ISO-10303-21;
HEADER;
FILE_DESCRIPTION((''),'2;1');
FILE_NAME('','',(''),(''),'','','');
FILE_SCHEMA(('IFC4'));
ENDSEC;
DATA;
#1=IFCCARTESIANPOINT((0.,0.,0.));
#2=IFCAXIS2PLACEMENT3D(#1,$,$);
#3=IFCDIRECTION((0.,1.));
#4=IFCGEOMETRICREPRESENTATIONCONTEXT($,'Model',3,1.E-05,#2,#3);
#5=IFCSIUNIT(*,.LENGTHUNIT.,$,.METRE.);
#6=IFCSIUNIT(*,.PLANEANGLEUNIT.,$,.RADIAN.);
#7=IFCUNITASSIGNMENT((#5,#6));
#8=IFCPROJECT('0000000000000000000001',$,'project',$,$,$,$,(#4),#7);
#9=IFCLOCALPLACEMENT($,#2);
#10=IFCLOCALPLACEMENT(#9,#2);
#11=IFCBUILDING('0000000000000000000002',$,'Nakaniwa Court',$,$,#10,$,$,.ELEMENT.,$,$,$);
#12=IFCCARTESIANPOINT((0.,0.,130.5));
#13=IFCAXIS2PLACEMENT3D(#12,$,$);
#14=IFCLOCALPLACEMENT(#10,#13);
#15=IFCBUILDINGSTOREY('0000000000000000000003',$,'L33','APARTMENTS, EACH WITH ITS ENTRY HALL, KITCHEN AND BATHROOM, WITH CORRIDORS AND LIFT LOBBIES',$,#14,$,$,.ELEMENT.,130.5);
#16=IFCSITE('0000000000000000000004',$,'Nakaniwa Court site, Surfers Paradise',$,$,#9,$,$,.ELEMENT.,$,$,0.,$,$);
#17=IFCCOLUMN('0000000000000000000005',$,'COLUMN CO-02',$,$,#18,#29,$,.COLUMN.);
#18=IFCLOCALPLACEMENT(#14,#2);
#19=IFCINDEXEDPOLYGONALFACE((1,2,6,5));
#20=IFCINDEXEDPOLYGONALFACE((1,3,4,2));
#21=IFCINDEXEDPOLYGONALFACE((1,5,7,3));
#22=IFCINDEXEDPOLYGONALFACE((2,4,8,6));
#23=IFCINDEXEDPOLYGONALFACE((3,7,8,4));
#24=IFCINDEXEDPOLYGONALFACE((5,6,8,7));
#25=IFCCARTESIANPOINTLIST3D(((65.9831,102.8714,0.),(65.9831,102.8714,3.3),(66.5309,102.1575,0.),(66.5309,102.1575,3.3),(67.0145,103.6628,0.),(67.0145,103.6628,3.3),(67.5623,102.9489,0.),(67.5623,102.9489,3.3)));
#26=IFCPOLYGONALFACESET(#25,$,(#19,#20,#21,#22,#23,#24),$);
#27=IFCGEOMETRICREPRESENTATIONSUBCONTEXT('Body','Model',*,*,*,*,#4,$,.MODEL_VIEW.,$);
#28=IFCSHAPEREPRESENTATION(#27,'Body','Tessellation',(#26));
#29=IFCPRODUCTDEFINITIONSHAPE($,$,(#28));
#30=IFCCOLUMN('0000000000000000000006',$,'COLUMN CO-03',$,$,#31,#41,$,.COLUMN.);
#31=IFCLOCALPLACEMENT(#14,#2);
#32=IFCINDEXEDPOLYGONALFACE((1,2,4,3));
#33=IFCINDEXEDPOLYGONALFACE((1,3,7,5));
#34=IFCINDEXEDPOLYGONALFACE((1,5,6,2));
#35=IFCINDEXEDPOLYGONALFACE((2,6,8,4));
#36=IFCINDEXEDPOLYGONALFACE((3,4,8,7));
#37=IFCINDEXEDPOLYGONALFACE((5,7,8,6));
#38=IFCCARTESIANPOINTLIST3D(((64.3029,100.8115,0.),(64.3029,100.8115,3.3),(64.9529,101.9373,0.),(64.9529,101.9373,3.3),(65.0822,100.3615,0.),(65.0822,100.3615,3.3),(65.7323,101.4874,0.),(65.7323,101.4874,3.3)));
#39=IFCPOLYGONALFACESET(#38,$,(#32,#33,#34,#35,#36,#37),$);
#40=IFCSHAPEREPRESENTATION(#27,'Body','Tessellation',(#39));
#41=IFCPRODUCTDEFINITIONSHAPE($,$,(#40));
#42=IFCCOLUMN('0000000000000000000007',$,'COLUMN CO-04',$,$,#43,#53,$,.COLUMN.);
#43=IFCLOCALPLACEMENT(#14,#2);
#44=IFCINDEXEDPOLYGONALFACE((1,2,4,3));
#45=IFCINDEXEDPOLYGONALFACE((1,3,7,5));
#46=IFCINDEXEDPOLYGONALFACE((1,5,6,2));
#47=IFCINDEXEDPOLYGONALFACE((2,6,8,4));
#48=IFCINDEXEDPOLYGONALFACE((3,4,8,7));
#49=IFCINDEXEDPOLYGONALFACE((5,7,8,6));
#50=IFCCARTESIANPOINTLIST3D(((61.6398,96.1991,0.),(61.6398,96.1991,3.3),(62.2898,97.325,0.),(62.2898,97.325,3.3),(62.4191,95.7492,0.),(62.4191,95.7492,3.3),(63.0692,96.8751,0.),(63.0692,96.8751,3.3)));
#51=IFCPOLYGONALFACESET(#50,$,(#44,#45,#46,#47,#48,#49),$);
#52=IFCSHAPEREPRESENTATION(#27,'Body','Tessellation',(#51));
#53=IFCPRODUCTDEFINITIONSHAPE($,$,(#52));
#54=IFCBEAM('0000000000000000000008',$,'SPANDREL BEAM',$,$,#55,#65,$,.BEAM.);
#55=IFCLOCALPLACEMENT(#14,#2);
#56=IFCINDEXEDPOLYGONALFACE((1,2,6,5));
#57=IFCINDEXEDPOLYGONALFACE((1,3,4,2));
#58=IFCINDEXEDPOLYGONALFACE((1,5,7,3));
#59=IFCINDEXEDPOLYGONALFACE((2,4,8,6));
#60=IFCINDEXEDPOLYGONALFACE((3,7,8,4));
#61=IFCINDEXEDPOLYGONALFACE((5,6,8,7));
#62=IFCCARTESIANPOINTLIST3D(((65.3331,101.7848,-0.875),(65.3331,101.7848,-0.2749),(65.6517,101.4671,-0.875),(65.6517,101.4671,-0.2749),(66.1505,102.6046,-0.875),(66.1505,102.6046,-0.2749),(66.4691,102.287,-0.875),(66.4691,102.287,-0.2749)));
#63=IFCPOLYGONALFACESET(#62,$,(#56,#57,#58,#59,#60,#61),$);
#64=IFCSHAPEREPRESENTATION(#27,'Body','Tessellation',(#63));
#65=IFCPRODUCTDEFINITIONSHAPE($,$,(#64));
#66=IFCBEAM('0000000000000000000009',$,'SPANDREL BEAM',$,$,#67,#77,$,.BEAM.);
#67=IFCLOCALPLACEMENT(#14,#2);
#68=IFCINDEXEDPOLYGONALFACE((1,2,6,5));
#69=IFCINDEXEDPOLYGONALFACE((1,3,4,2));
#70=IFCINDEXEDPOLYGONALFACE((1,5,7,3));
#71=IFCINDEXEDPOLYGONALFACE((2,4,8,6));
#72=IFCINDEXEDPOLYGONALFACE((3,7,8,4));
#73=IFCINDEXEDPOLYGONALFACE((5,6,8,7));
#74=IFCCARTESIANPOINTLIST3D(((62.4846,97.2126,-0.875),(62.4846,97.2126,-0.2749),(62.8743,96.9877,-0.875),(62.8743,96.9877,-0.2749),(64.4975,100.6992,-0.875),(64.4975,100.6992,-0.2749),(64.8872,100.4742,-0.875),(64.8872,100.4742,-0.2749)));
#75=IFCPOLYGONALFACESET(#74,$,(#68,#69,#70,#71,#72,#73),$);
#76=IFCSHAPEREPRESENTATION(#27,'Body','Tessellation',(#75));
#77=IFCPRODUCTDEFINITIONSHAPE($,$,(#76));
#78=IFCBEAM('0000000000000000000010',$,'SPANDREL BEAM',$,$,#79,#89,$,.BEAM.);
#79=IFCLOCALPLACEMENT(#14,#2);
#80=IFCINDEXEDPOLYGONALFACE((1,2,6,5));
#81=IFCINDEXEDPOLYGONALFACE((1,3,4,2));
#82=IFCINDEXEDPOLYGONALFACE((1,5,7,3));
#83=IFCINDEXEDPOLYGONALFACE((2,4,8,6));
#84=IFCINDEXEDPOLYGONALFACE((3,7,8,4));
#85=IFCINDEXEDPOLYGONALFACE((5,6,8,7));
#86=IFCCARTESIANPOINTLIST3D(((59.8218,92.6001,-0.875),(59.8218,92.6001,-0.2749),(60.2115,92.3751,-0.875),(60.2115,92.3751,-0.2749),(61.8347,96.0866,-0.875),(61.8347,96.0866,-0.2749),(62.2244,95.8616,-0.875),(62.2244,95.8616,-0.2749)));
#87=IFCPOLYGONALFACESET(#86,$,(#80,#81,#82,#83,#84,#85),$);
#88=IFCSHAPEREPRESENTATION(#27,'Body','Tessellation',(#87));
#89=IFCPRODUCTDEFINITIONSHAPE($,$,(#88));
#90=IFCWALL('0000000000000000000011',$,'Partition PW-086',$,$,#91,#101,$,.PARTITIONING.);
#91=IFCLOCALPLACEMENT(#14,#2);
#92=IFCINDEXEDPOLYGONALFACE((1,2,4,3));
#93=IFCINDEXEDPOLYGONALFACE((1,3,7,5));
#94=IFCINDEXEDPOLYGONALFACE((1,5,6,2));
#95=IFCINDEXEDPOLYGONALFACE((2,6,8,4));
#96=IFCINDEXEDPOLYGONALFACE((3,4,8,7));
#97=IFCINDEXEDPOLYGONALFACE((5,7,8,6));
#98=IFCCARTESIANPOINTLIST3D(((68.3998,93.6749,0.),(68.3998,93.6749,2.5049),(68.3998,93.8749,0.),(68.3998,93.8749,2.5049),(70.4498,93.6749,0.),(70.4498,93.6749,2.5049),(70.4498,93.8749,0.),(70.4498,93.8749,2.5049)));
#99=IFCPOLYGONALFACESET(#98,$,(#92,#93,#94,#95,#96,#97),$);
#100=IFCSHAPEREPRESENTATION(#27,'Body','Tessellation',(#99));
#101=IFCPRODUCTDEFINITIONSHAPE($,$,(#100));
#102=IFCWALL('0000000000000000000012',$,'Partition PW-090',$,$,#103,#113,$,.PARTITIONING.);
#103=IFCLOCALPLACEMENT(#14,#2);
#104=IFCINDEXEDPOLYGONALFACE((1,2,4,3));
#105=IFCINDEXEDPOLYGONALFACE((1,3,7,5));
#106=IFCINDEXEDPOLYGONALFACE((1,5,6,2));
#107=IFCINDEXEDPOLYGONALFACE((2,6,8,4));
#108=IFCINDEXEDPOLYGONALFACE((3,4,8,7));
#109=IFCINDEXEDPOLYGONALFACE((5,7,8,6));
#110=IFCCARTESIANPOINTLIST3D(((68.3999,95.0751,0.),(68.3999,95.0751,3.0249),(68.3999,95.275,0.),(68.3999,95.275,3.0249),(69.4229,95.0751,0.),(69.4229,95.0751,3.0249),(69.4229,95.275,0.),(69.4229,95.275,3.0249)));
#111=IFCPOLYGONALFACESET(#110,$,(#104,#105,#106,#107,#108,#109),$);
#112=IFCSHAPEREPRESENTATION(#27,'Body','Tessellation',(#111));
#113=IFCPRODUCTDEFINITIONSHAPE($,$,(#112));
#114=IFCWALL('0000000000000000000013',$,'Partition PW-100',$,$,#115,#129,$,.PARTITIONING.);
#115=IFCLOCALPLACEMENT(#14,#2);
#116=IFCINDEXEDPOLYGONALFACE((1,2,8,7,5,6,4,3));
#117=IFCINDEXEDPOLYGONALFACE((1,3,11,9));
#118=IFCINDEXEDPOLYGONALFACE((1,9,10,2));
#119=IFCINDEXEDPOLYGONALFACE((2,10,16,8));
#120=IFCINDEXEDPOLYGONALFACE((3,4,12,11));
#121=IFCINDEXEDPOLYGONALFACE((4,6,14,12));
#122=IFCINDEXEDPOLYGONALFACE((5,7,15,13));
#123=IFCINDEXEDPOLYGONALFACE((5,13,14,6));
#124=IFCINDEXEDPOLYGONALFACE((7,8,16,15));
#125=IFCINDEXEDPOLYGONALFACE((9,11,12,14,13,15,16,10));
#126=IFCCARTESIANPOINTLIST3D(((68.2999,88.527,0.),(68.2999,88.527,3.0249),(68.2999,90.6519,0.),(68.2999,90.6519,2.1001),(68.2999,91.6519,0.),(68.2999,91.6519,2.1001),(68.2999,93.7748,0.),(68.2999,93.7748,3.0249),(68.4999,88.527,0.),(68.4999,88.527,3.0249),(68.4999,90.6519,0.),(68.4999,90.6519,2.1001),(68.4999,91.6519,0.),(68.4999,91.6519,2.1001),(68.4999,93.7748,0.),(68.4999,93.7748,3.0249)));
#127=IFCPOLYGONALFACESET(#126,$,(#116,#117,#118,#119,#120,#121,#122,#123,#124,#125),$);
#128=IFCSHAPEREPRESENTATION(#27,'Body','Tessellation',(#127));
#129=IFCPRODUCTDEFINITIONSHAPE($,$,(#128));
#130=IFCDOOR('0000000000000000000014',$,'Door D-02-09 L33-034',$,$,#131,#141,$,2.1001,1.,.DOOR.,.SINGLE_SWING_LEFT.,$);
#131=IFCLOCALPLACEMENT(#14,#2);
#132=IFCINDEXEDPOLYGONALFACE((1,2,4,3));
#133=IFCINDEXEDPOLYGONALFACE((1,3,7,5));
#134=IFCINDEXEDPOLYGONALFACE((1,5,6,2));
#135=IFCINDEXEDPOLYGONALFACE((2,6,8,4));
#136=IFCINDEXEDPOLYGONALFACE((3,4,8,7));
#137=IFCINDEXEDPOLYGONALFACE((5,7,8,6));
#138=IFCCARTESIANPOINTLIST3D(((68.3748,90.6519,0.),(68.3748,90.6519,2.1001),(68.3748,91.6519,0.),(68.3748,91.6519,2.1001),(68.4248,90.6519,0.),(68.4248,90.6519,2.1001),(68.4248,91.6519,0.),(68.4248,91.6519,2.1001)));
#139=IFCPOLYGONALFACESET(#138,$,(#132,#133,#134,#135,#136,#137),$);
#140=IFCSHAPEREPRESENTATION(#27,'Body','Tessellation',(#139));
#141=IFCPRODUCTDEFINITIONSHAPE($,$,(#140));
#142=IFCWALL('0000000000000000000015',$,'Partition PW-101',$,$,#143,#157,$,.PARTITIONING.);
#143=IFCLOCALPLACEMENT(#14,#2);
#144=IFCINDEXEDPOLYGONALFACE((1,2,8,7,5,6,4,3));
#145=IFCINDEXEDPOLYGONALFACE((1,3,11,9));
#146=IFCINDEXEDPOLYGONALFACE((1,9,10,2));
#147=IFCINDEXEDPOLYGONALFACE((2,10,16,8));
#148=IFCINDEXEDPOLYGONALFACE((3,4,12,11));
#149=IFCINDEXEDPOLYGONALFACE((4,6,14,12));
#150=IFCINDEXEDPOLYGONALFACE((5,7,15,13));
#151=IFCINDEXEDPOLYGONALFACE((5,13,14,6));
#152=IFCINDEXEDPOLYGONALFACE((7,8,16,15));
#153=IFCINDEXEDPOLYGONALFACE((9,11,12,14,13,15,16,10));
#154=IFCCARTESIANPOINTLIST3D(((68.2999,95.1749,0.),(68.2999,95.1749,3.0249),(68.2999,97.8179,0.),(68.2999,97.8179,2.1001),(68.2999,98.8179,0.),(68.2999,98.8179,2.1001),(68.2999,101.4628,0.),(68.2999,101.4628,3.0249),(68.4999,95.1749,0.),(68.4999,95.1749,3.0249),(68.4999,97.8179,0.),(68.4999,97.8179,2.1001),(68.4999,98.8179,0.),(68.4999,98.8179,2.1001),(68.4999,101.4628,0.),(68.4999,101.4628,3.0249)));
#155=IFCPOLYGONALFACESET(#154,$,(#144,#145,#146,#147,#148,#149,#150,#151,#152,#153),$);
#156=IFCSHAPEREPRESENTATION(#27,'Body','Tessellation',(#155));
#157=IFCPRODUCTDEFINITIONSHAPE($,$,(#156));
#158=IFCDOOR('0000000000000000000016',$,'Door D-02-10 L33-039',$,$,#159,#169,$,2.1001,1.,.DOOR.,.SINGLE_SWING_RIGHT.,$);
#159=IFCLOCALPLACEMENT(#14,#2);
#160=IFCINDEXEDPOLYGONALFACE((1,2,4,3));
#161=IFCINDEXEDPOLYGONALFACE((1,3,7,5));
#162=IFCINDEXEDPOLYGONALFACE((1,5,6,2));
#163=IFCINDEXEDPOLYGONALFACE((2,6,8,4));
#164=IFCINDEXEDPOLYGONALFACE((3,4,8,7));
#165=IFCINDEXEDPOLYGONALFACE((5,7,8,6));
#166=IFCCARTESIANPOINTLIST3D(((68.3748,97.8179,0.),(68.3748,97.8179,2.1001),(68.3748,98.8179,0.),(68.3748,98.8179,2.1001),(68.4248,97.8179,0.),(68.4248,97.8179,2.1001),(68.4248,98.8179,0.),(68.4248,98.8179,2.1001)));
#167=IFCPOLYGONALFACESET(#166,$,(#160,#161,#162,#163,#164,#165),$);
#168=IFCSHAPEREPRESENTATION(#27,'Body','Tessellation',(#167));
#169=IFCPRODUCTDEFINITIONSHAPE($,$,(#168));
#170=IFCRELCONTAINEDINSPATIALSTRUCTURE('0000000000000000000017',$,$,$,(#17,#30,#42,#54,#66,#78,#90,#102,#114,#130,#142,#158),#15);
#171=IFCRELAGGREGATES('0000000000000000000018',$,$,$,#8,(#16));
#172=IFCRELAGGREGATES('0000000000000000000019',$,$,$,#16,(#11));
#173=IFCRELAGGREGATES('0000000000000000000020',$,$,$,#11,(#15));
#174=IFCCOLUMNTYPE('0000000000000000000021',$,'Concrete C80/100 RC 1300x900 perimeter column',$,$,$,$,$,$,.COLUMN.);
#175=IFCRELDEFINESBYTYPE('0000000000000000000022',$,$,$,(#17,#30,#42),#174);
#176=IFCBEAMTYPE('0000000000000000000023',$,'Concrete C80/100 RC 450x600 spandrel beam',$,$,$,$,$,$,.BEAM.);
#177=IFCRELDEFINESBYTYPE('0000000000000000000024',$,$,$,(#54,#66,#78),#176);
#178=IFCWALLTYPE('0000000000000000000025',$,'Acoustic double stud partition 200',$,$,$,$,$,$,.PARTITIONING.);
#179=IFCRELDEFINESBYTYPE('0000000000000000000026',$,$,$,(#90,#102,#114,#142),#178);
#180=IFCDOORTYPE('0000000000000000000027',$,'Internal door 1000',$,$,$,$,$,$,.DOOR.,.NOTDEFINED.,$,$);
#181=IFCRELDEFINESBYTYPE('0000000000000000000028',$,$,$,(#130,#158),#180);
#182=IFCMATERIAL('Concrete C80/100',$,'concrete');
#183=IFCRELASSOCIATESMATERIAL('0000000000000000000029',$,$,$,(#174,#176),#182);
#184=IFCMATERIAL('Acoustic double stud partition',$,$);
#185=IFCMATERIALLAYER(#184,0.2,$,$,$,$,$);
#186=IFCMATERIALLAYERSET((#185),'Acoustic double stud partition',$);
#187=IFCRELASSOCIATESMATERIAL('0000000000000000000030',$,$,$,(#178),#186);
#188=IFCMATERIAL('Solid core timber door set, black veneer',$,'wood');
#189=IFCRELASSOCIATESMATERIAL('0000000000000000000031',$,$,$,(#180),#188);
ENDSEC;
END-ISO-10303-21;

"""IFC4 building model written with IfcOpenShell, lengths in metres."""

from ifc_helpers import new_model, si_unit, direction, frame, frame_2d, origin, origin_2d, place, context, subcontext, project, spatial, rectangle, extrude, material, layer, layer_set, material_profile, profile_set, type_object, element, fill, save


model = new_model("IFC4")

# Units and contexts
model_context = context("Model", 3, precision=1e-05, world=origin(), true_north=direction((0.0, 1.0)))
body_context = subcontext(model_context, "Body", "Model", "MODEL_VIEW")
ifc_project = project(units=[si_unit("LENGTHUNIT", "METRE"), si_unit("PLANEANGLEUNIT", "RADIAN")], contexts=[model_context])

# Site, building, storey
site_placement = place(None, origin())
site = spatial("IfcSite", under=ifc_project, at=site_placement, Name="Nakaniwa Court site, Surfers Paradise", CompositionType="ELEMENT", RefElevation=0.0)
building_placement = place(site_placement, origin())
building = spatial("IfcBuilding", under=site, at=building_placement, Name="Nakaniwa Court", CompositionType="ELEMENT")
storey_placement = place(building_placement, frame((0.0, 0.0, 130.5)))
storey = spatial("IfcBuildingStorey", under=building, at=storey_placement, Name="L33", Description="APARTMENTS, EACH WITH ITS ENTRY HALL, KITCHEN AND BATHROOM, WITH CORRIDORS AND LIFT LOBBIES", CompositionType="ELEMENT", Elevation=130.5)

# Columns
ifc_material_1 = material(Name="Concrete C80/100", Category="concrete")
ifc_material_profile_1 = material_profile(ifc_material_1, rectangle(XDim=1.3, YDim=0.8999, at=origin_2d()), Name="Concrete C80/100 RC 1300x900 perimeter column")
ifc_profile_set_1 = profile_set([ifc_material_profile_1], Name="Concrete C80/100")
column_type = type_object("IfcColumnType", Name="Concrete C80/100 RC 1300x900 perimeter column", PredefinedType="COLUMN", material=ifc_profile_set_1)
for number, where, z_axis, x_axis, name in (
    (1, (66.7727, 102.9102, 0.0), (0.0, 0.0, 1.0), (-0.793364, -0.608748, 0.0), "COLUMN CO-02"),
    (2, (65.0176, 101.1494, 0.0), (0.0, 0.0, 1.0), (-0.5, -0.866025, 0.0), "COLUMN CO-03"),
    (3, (62.3545, 96.5371, 0.0), (0.0, 0.0, 1.0), (-0.5, -0.866025, 0.0), "COLUMN CO-04"),
):
    element("IfcColumn", number, at=place(storey_placement, frame(where, z_axis=z_axis, x_axis=x_axis)), inside=storey, type_object=column_type, Name=name, PredefinedType="COLUMN", context=body_context, shape_type="SweptSolid", body=[
        extrude(rectangle(XDim=1.3, YDim=0.8999, at=origin_2d()), origin(), (0.0, 0.0, 1.0), 3.3),
    ])

# Beams
ifc_material_profile_2 = material_profile(ifc_material_1, rectangle(XDim=0.45, YDim=0.6001, at=origin_2d()), Name="Concrete C80/100 RC 450x600 spandrel beam")
ifc_profile_set_2 = profile_set([ifc_material_profile_2], Name="Concrete C80/100")
beam_type = type_object("IfcBeamType", Name="Concrete C80/100 RC 450x600 spandrel beam", PredefinedType="BEAM", material=ifc_profile_set_2)
beam_placement = place(storey_placement, frame((66.3098, 102.4458, -0.575), z_axis=(-0.706052, -0.70816, 0.0), x_axis=(0.70816, -0.706052, 0.0)))
element("IfcBeam", 4, at=beam_placement, inside=storey, type_object=beam_type, Name="SPANDREL BEAM", PredefinedType="BEAM", context=body_context, shape_type="SweptSolid", body=[
    extrude(rectangle(XDim=0.45, YDim=0.6001, at=origin_2d()), origin(), (0.0, 0.0, 1.0), 1.1577),
])
for number, where, z_axis, x_axis, name in (
    (5, (64.6924, 100.5867, -0.575), (-0.499994, -0.866029, 0.0), (0.866029, -0.499994, 0.0), "SPANDREL BEAM"),
    (6, (62.0295, 95.9741, -0.575), (-0.499994, -0.866029, 0.0), (0.866029, -0.499994, 0.0), "SPANDREL BEAM"),
):
    element("IfcBeam", number, at=place(storey_placement, frame(where, z_axis=z_axis, x_axis=x_axis)), inside=storey, type_object=beam_type, Name=name, PredefinedType="BEAM", context=body_context, shape_type="SweptSolid", body=[
        extrude(rectangle(XDim=0.45, YDim=0.6001, at=origin_2d()), origin(), (0.0, 0.0, 1.0), 4.0259),
    ])

# Walls
ifc_material_2 = material(Name="Acoustic double stud partition")
ifc_layer_1 = layer(ifc_material_2, 0.2)
ifc_layer_set_1 = layer_set([ifc_layer_1], Name="Acoustic double stud partition")
wall_type_1 = type_object("IfcWallType", Name="Acoustic double stud partition 200", PredefinedType="PARTITIONING", material=ifc_layer_set_1)
wall_1_placement = place(storey_placement, frame((68.3999, 93.7749, 0.0), z_axis=(0.0, 0.0, 1.0), x_axis=(1.0, 0.0, 0.0)))
element("IfcWall", 7, at=wall_1_placement, inside=storey, type_object=wall_type_1, Name="Partition PW-086", PredefinedType="PARTITIONING", context=body_context, shape_type="SweptSolid", body=[
    extrude(rectangle(XDim=2.05, YDim=0.2, at=frame_2d((1.0249, 0.0))), origin(), (0.0, 0.0, 1.0), 2.5049),
])
wall_2_placement = place(storey_placement, frame((68.3999, 95.175, 0.0), z_axis=(0.0, 0.0, 1.0), x_axis=(1.0, 0.0, 0.0)))
element("IfcWall", 8, at=wall_2_placement, inside=storey, type_object=wall_type_1, Name="Partition PW-090", PredefinedType="PARTITIONING", context=body_context, shape_type="SweptSolid", body=[
    extrude(rectangle(XDim=1.0229, YDim=0.2, at=frame_2d((0.5115, 0.0))), origin(), (0.0, 0.0, 1.0), 3.0249),
])

# Walls, openings, doors
wall_3_placement = place(storey_placement, frame((68.3999, 93.7749, 0.0), z_axis=(0.0, 0.0, 1.0), x_axis=(0.0, -1.0, 0.0)))
wall_3 = element("IfcWall", 9, at=wall_3_placement, inside=storey, type_object=wall_type_1, Name="Partition PW-100", PredefinedType="PARTITIONING", context=body_context, shape_type="SweptSolid", body=[
    extrude(rectangle(XDim=5.2478, YDim=0.2, at=frame_2d((2.624, 0.0))), origin(), (0.0, 0.0, 1.0), 3.0249),
])
opening_1_placement = place(wall_3_placement, frame((2.123, 0.0, 0.0)))
opening_1 = element("IfcOpeningElement", 10, at=opening_1_placement, cuts=wall_3, PredefinedType="OPENING", context=body_context, shape_type="SweptSolid", body=[
    extrude(rectangle(XDim=1.0, YDim=2.1001, at=frame_2d((0.5, 1.05))), frame((0.0, 0.1099, 0.0), z_axis=(0.0, -1.0, 0.0), x_axis=(1.0, 0.0, 0.0)), (0.0, 0.0, 1.0), 0.22),
])
ifc_material_3 = material(Name="Solid core timber door set, black veneer", Category="wood")
door_type_1 = type_object("IfcDoorType", Name="Internal door 1000", OperationType="NOTDEFINED", PredefinedType="DOOR", material=ifc_material_3)
door_1_placement = place(opening_1_placement, origin())
door_1 = element("IfcDoor", 11, at=door_1_placement, inside=storey, type_object=door_type_1, Name="Door D-02-09 L33-034", OperationType="SINGLE_SWING_LEFT", OverallHeight=2.1001, OverallWidth=1.0, PredefinedType="DOOR", context=body_context, shape_type="SweptSolid", body=[
    extrude(rectangle(XDim=1.0, YDim=2.1001, at=frame_2d((0.5, 1.05))), frame((0.0, 0.0249, 0.0), z_axis=(0.0, -1.0, 0.0), x_axis=(1.0, 0.0, 0.0)), (0.0, 0.0, 1.0), 0.05),
])
fill(opening_1, door_1)
wall_4_placement = place(storey_placement, frame((68.3999, 101.4629, 0.0), z_axis=(0.0, 0.0, 1.0), x_axis=(0.0, -1.0, 0.0)))
wall_4 = element("IfcWall", 12, at=wall_4_placement, inside=storey, type_object=wall_type_1, Name="Partition PW-101", PredefinedType="PARTITIONING", context=body_context, shape_type="SweptSolid", body=[
    extrude(rectangle(XDim=6.2878, YDim=0.2, at=frame_2d((3.144, 0.0))), origin(), (0.0, 0.0, 1.0), 3.0249),
])
opening_2_placement = place(wall_4_placement, frame((2.645, 0.0, 0.0)))
opening_2 = element("IfcOpeningElement", 13, at=opening_2_placement, cuts=wall_4, PredefinedType="OPENING", context=body_context, shape_type="SweptSolid", body=[
    extrude(rectangle(XDim=1.0, YDim=2.1001, at=frame_2d((0.5, 1.05))), frame((0.0, 0.1099, 0.0), z_axis=(0.0, -1.0, 0.0), x_axis=(1.0, 0.0, 0.0)), (0.0, 0.0, 1.0), 0.22),
])
door_2_placement = place(opening_2_placement, origin())
door_2 = element("IfcDoor", 14, at=door_2_placement, inside=storey, type_object=door_type_1, Name="Door D-02-10 L33-039", OperationType="SINGLE_SWING_RIGHT", OverallHeight=2.1001, OverallWidth=1.0, PredefinedType="DOOR", context=body_context, shape_type="SweptSolid", body=[
    extrude(rectangle(XDim=1.0, YDim=2.1001, at=frame_2d((0.5, 1.05))), frame((0.0, 0.0249, 0.0), z_axis=(0.0, -1.0, 0.0), x_axis=(1.0, 0.0, 0.0)), (0.0, 0.0, 1.0), 0.05),
])
fill(opening_2, door_2)

save(model, "model.ifc")
